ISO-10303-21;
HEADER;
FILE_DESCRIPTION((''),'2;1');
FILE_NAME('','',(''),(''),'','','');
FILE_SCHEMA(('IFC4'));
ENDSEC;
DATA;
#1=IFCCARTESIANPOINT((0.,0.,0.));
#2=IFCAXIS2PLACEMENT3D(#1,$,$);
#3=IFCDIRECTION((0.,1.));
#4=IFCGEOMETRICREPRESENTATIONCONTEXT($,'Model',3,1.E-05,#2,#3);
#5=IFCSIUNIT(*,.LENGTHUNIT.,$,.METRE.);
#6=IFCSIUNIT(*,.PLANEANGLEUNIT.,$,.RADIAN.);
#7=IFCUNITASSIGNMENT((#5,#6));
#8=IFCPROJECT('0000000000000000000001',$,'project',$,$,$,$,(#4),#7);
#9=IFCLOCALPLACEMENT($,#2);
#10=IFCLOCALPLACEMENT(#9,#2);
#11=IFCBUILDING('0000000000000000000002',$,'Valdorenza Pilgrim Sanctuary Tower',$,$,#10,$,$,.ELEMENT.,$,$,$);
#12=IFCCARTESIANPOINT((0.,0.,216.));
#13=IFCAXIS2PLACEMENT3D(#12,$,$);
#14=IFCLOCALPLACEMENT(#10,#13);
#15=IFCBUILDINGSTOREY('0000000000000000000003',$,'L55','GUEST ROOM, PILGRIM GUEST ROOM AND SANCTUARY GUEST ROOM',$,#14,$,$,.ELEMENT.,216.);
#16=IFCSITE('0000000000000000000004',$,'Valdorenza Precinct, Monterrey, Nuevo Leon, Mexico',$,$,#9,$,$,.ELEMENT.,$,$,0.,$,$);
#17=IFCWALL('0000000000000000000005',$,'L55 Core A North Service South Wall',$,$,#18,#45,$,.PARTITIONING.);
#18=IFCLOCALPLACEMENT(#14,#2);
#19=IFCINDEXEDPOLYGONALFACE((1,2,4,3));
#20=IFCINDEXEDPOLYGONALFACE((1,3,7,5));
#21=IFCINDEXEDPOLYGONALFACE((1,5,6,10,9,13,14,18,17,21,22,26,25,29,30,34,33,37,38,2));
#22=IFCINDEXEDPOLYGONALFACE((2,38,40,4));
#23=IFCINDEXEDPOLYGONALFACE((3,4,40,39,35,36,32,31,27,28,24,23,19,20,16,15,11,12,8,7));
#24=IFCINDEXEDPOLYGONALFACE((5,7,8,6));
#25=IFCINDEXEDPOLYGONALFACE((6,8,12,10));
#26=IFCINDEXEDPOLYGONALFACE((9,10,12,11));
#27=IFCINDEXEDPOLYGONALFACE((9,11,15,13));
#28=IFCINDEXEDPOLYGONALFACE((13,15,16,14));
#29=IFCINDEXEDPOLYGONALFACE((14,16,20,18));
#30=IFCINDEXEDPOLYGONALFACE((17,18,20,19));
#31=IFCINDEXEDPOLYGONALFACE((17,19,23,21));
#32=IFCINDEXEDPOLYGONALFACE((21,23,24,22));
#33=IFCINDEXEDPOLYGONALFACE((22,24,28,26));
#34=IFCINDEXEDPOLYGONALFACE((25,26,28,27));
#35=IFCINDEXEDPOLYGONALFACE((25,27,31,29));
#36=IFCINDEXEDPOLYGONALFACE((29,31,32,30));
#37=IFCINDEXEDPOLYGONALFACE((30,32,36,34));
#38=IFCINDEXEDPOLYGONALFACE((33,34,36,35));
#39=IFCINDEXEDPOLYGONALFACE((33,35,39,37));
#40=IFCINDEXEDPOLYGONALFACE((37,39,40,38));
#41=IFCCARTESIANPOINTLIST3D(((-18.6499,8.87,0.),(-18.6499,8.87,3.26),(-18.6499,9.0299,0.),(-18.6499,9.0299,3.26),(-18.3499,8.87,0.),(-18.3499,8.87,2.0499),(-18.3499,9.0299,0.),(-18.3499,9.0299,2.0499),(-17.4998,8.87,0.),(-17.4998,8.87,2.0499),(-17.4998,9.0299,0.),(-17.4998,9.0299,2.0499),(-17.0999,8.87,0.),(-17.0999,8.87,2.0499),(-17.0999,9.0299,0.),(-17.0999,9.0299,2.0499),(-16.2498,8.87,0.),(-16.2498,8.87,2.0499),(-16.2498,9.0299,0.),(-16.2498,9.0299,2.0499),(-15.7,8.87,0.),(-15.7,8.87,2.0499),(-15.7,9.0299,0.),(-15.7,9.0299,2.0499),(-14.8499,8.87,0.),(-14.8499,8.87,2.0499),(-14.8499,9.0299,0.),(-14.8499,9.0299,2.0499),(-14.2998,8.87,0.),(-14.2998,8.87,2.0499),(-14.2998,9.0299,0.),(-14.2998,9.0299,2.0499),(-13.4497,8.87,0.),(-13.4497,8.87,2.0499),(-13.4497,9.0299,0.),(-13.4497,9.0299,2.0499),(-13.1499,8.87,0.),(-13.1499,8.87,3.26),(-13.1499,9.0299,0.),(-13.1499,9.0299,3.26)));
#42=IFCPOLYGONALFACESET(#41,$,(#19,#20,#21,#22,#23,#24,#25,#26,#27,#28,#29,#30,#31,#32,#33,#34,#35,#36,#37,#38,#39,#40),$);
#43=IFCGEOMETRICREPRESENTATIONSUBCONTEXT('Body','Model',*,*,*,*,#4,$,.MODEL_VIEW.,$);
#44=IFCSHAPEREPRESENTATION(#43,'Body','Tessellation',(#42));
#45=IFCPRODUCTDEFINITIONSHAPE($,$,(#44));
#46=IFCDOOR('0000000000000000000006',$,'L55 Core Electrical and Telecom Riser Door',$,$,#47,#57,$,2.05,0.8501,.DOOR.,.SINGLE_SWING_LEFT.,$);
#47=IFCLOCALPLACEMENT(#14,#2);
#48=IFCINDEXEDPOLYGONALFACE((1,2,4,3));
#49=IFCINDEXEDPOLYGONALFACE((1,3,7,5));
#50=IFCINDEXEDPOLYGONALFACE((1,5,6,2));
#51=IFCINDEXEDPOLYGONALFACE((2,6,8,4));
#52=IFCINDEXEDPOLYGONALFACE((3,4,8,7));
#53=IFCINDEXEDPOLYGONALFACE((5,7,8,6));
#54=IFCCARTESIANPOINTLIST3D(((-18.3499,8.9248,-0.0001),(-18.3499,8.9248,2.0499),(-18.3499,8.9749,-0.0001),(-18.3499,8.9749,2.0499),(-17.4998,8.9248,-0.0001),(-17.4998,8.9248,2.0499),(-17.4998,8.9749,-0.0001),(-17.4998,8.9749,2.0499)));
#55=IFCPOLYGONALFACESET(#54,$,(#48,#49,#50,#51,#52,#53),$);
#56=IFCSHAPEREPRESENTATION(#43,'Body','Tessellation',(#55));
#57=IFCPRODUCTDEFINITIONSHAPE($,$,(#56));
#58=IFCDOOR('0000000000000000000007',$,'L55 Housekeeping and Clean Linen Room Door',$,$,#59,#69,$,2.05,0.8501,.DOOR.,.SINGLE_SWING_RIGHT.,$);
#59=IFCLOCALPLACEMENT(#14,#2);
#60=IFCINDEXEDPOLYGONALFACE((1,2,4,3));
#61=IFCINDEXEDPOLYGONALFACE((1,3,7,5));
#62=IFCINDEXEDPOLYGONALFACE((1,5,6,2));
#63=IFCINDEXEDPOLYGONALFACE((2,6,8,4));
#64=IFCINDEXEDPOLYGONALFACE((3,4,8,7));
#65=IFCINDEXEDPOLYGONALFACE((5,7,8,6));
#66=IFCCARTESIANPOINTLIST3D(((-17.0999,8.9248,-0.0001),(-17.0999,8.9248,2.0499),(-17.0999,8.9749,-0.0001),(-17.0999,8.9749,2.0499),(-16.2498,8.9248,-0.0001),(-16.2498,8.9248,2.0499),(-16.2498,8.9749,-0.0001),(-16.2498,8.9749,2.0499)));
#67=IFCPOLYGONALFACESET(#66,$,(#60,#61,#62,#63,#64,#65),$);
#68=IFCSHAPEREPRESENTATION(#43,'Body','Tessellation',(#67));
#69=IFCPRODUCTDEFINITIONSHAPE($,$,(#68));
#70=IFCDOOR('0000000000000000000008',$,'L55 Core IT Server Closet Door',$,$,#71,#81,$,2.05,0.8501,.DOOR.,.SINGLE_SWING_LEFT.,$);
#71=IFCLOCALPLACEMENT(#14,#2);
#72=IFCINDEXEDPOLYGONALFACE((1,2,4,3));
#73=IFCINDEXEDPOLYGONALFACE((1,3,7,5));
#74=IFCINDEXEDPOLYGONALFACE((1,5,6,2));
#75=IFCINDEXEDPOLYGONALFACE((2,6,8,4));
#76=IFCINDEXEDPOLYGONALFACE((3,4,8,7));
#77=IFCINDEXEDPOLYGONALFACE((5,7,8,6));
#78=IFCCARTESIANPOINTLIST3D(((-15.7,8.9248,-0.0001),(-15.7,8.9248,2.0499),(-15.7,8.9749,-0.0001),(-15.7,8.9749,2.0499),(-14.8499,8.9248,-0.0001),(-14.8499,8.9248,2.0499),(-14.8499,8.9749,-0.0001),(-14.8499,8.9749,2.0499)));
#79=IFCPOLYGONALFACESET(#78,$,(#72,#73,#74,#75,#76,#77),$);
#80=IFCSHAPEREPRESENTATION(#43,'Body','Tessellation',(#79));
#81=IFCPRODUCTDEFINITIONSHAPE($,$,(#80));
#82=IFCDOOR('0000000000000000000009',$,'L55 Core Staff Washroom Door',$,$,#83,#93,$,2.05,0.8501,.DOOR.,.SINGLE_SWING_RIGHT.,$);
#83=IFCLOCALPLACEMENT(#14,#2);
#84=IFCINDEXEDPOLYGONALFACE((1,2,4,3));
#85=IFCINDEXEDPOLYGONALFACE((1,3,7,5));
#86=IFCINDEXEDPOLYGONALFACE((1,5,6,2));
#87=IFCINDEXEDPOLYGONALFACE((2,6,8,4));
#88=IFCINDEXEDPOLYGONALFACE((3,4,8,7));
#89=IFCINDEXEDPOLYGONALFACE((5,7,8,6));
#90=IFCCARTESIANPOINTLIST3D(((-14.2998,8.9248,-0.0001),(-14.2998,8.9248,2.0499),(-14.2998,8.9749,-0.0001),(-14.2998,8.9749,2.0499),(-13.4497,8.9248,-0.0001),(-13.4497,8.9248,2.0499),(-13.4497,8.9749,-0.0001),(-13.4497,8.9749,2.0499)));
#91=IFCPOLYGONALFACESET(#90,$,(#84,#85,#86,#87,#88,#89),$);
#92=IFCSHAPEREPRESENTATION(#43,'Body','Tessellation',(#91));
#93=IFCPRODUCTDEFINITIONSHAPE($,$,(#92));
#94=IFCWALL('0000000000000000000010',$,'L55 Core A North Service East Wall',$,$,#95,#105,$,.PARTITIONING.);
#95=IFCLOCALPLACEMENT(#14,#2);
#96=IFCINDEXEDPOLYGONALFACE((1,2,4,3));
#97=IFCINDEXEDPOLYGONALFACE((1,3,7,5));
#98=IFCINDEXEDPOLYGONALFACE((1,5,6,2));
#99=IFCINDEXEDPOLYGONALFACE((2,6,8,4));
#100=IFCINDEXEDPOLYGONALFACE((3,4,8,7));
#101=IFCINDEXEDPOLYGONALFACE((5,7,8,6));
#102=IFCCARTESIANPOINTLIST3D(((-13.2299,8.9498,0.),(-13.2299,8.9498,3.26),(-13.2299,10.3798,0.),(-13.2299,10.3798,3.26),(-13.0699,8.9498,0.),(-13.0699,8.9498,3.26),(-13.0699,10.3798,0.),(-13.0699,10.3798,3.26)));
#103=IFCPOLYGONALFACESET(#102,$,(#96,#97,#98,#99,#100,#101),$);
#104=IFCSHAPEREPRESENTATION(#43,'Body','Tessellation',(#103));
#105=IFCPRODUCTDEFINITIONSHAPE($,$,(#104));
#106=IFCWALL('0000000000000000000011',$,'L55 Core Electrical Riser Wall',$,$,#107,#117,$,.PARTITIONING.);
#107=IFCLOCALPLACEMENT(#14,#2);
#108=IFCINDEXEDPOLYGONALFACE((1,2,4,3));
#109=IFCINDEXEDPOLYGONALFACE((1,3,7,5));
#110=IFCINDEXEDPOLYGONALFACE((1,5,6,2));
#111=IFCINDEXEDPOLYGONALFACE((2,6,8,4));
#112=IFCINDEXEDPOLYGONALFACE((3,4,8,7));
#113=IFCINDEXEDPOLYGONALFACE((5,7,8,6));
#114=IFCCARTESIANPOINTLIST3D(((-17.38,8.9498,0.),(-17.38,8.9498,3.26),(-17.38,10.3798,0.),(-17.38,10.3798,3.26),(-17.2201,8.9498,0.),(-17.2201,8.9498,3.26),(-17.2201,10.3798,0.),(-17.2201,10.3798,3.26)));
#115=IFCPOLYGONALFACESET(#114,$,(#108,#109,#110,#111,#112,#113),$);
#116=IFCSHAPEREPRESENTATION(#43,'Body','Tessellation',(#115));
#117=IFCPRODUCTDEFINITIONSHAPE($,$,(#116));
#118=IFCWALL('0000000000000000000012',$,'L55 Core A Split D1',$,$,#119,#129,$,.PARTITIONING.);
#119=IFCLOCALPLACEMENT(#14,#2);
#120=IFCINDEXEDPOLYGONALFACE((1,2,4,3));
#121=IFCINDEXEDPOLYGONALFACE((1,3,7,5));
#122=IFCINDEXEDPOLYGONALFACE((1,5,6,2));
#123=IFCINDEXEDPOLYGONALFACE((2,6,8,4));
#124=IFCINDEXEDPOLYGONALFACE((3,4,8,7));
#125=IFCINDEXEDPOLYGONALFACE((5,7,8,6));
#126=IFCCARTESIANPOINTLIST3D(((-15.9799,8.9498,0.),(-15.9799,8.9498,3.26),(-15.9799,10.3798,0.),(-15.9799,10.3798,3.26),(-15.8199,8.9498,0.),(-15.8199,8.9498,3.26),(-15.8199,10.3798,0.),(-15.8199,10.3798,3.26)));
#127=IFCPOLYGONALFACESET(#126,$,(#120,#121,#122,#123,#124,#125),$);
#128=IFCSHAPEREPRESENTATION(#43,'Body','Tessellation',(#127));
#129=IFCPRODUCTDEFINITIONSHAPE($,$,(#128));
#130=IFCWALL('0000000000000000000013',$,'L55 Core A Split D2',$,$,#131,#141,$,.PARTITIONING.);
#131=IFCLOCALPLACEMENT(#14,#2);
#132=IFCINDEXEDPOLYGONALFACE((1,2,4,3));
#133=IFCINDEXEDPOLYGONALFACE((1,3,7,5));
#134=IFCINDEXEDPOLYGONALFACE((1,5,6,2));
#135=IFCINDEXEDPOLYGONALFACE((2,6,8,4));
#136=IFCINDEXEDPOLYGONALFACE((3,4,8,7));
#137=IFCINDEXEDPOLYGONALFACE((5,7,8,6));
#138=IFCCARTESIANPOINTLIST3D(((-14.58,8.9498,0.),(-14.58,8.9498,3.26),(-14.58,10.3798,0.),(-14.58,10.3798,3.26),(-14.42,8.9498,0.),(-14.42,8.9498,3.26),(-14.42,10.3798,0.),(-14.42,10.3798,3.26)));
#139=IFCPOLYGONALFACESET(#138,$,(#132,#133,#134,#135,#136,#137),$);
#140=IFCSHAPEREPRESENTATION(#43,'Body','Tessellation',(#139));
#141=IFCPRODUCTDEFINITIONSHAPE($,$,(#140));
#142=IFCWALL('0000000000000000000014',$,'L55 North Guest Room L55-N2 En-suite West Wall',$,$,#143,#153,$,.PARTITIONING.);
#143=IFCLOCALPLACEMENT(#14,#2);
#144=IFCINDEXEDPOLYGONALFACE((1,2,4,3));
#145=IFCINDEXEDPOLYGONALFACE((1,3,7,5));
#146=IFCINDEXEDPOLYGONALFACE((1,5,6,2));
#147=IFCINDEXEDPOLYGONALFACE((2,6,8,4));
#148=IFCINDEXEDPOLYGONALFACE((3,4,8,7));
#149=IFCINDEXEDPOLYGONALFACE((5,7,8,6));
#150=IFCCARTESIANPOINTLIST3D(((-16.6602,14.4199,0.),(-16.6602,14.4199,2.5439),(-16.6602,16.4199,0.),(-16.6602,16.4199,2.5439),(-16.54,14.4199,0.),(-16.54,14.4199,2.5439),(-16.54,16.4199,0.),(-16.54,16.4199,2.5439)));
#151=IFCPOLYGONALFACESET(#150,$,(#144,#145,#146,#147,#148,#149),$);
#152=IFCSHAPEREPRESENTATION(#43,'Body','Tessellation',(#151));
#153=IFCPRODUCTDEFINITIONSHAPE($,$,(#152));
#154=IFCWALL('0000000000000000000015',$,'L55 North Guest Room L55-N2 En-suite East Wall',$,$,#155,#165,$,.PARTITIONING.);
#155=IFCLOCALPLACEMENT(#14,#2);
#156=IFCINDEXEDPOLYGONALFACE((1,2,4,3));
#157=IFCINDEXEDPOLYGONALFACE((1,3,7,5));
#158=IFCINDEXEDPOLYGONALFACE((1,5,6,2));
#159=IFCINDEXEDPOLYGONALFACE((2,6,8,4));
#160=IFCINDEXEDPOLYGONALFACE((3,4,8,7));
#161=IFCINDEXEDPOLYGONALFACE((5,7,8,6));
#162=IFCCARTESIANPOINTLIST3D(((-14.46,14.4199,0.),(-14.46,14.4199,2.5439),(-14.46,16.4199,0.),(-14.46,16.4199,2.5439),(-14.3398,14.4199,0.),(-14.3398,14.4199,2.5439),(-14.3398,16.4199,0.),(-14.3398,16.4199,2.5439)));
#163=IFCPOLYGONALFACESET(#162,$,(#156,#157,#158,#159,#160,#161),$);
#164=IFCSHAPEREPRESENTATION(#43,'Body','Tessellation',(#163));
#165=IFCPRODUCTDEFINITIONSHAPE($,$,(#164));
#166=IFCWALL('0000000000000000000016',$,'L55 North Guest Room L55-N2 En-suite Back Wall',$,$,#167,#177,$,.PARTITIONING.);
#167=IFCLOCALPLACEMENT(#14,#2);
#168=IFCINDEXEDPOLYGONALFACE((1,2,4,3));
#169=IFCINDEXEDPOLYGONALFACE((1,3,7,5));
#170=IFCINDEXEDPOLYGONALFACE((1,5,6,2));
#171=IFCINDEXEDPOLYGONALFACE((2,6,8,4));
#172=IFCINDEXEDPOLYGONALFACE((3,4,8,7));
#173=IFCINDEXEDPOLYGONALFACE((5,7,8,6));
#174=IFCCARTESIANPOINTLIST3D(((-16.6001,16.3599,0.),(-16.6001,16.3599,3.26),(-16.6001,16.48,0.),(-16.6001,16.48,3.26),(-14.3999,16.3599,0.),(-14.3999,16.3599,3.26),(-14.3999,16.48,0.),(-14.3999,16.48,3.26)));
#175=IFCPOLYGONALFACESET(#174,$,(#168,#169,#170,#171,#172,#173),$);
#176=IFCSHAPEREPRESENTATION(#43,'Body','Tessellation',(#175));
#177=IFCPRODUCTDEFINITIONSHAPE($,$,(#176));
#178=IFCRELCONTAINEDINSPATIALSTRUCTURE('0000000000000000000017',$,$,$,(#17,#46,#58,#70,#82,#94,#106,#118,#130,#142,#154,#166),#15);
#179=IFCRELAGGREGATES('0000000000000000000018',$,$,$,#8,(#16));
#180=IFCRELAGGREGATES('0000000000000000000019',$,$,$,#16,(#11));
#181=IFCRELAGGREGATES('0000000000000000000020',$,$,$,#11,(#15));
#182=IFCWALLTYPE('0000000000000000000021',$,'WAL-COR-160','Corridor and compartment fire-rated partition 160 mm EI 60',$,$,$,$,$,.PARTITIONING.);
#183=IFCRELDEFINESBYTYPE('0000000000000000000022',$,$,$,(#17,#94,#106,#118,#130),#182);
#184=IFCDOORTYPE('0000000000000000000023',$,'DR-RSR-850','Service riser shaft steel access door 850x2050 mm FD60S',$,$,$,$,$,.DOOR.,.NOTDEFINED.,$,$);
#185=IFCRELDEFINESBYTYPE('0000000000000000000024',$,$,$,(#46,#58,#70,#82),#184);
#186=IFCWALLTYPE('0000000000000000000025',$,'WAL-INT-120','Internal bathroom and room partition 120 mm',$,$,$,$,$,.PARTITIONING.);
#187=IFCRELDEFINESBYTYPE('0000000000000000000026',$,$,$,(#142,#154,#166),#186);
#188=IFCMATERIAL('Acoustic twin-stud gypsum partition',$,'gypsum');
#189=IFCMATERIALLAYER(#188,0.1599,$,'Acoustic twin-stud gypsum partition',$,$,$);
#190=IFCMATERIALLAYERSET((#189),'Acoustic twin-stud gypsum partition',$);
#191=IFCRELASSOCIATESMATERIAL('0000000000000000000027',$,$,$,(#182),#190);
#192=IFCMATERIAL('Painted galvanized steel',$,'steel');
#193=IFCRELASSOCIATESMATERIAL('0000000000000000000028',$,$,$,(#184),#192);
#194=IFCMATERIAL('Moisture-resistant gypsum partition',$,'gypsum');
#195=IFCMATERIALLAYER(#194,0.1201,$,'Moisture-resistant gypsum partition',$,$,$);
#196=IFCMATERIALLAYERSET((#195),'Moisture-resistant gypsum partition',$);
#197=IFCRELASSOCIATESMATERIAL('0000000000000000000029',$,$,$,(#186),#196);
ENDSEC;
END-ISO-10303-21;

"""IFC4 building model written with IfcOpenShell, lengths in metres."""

from ifc_helpers import new_model, si_unit, direction, frame, frame_2d, origin, place, context, subcontext, project, spatial, rectangle, extrude, material, layer, layer_set, type_object, element, fill, save


model = new_model("IFC4")

# Units and contexts
model_context = context("Model", 3, precision=1e-05, world=origin(), true_north=direction((0.0, 1.0)))
body_context = subcontext(model_context, "Body", "Model", "MODEL_VIEW")
ifc_project = project(units=[si_unit("LENGTHUNIT", "METRE"), si_unit("PLANEANGLEUNIT", "RADIAN")], contexts=[model_context])

# Site, building, storey
site_placement = place(None, origin())
site = spatial("IfcSite", under=ifc_project, at=site_placement, Name="Valdorenza Precinct, Monterrey, Nuevo Leon, Mexico", CompositionType="ELEMENT", RefElevation=0.0)
building_placement = place(site_placement, origin())
building = spatial("IfcBuilding", under=site, at=building_placement, Name="Valdorenza Pilgrim Sanctuary Tower", CompositionType="ELEMENT")
storey_placement = place(building_placement, frame((0.0, 0.0, 216.0)))
storey = spatial("IfcBuildingStorey", under=building, at=storey_placement, Name="L55", Description="GUEST ROOM, PILGRIM GUEST ROOM AND SANCTUARY GUEST ROOM", CompositionType="ELEMENT", Elevation=216.0)

# Shared definitions
ifc_material_1 = material(Name="Acoustic twin-stud gypsum partition", Category="gypsum")
ifc_layer_1 = layer(ifc_material_1, 0.1599, Name="Acoustic twin-stud gypsum partition")
ifc_layer_set_1 = layer_set([ifc_layer_1], Name="Acoustic twin-stud gypsum partition")
wall_type_1 = type_object("IfcWallType", Name="WAL-COR-160", Description="Corridor and compartment fire-rated partition 160 mm EI 60", PredefinedType="PARTITIONING", material=ifc_layer_set_1)

# Wall, openings, doors
wall_1_placement = place(storey_placement, frame((-18.6499, 8.95, 0.0), z_axis=(0.0, 0.0, 1.0), x_axis=(1.0, 0.0, 0.0)))
wall_1 = element("IfcWall", 1, at=wall_1_placement, inside=storey, type_object=wall_type_1, Name="L55 Core A North Service South Wall", PredefinedType="PARTITIONING", context=body_context, shape_type="SweptSolid", body=[
    extrude(rectangle(XDim=5.5, YDim=0.1599, at=frame_2d((2.75, 0.0))), origin(), (0.0, 0.0, 1.0), 3.26),
])
opening_1_placement = place(wall_1_placement, frame((0.3, 0.0, 0.0)))
opening_1 = element("IfcOpeningElement", 2, at=opening_1_placement, cuts=wall_1, PredefinedType="OPENING", context=body_context, shape_type="SweptSolid", body=[
    extrude(rectangle(XDim=0.8501, YDim=2.05, at=frame_2d((0.425, 1.0249))), frame((0.0, 0.0947, 0.0), z_axis=(0.0, -1.0, 0.0), x_axis=(1.0, 0.0, 0.0)), (0.0, 0.0, 1.0), 0.1897),
])
opening_2_placement = place(wall_1_placement, frame((1.55, 0.0, 0.0)))
opening_2 = element("IfcOpeningElement", 3, at=opening_2_placement, cuts=wall_1, PredefinedType="OPENING", context=body_context, shape_type="SweptSolid", body=[
    extrude(rectangle(XDim=0.8501, YDim=2.05, at=frame_2d((0.425, 1.0249))), frame((0.0, 0.0947, 0.0), z_axis=(0.0, -1.0, 0.0), x_axis=(1.0, 0.0, 0.0)), (0.0, 0.0, 1.0), 0.1897),
])
opening_3_placement = place(wall_1_placement, frame((2.95, 0.0, 0.0)))
opening_3 = element("IfcOpeningElement", 4, at=opening_3_placement, cuts=wall_1, PredefinedType="OPENING", context=body_context, shape_type="SweptSolid", body=[
    extrude(rectangle(XDim=0.8501, YDim=2.05, at=frame_2d((0.425, 1.0249))), frame((0.0, 0.0947, 0.0), z_axis=(0.0, -1.0, 0.0), x_axis=(1.0, 0.0, 0.0)), (0.0, 0.0, 1.0), 0.1897),
])
opening_4_placement = place(wall_1_placement, frame((4.3501, 0.0, 0.0)))
opening_4 = element("IfcOpeningElement", 5, at=opening_4_placement, cuts=wall_1, PredefinedType="OPENING", context=body_context, shape_type="SweptSolid", body=[
    extrude(rectangle(XDim=0.8501, YDim=2.05, at=frame_2d((0.425, 1.0249))), frame((0.0, 0.0947, 0.0), z_axis=(0.0, -1.0, 0.0), x_axis=(1.0, 0.0, 0.0)), (0.0, 0.0, 1.0), 0.1897),
])
ifc_material_2 = material(Name="Painted galvanized steel", Category="steel")
door_type_1 = type_object("IfcDoorType", Name="DR-RSR-850", Description="Service riser shaft steel access door 850x2050 mm FD60S", OperationType="NOTDEFINED", PredefinedType="DOOR", material=ifc_material_2)
door_1_placement = place(opening_1_placement, origin())
door_1 = element("IfcDoor", 6, at=door_1_placement, inside=storey, type_object=door_type_1, Name="L55 Core Electrical and Telecom Riser Door", OperationType="SINGLE_SWING_LEFT", OverallHeight=2.05, OverallWidth=0.8501, PredefinedType="DOOR", context=body_context, shape_type="SweptSolid", body=[
    extrude(rectangle(XDim=0.8501, YDim=2.05, at=frame_2d((0.425, 1.0249))), frame((0.0, 0.0249, 0.0), z_axis=(0.0, -1.0, 0.0), x_axis=(1.0, 0.0, 0.0)), (0.0, 0.0, 1.0), 0.05),
])
fill(opening_1, door_1)
door_2_placement = place(opening_2_placement, origin())
door_2 = element("IfcDoor", 7, at=door_2_placement, inside=storey, type_object=door_type_1, Name="L55 Housekeeping and Clean Linen Room Door", OperationType="SINGLE_SWING_RIGHT", OverallHeight=2.05, OverallWidth=0.8501, PredefinedType="DOOR", context=body_context, shape_type="SweptSolid", body=[
    extrude(rectangle(XDim=0.8501, YDim=2.05, at=frame_2d((0.425, 1.0249))), frame((0.0, 0.0249, 0.0), z_axis=(0.0, -1.0, 0.0), x_axis=(1.0, 0.0, 0.0)), (0.0, 0.0, 1.0), 0.05),
])
fill(opening_2, door_2)
door_3_placement = place(opening_3_placement, origin())
door_3 = element("IfcDoor", 8, at=door_3_placement, inside=storey, type_object=door_type_1, Name="L55 Core IT Server Closet Door", OperationType="SINGLE_SWING_LEFT", OverallHeight=2.05, OverallWidth=0.8501, PredefinedType="DOOR", context=body_context, shape_type="SweptSolid", body=[
    extrude(rectangle(XDim=0.8501, YDim=2.05, at=frame_2d((0.425, 1.0249))), frame((0.0, 0.0249, 0.0), z_axis=(0.0, -1.0, 0.0), x_axis=(1.0, 0.0, 0.0)), (0.0, 0.0, 1.0), 0.05),
])
fill(opening_3, door_3)
door_4_placement = place(opening_4_placement, origin())
door_4 = element("IfcDoor", 9, at=door_4_placement, inside=storey, type_object=door_type_1, Name="L55 Core Staff Washroom Door", OperationType="SINGLE_SWING_RIGHT", OverallHeight=2.05, OverallWidth=0.8501, PredefinedType="DOOR", context=body_context, shape_type="SweptSolid", body=[
    extrude(rectangle(XDim=0.8501, YDim=2.05, at=frame_2d((0.425, 1.0249))), frame((0.0, 0.0249, 0.0), z_axis=(0.0, -1.0, 0.0), x_axis=(1.0, 0.0, 0.0)), (0.0, 0.0, 1.0), 0.05),
])
fill(opening_4, door_4)

# Walls
for number, where, z_axis, x_axis, name in (
    (10, (-13.1499, 8.95, 0.0), (0.0, 0.0, 1.0), (0.0, 1.0, 0.0), "L55 Core A North Service East Wall"),
    (11, (-17.3, 8.95, 0.0), (0.0, 0.0, 1.0), (0.0, 1.0, 0.0), "L55 Core Electrical Riser Wall"),
    (12, (-15.8999, 8.95, 0.0), (0.0, 0.0, 1.0), (0.0, 1.0, 0.0), "L55 Core A Split D1"),
    (13, (-14.5, 8.95, 0.0), (0.0, 0.0, 1.0), (0.0, 1.0, 0.0), "L55 Core A Split D2"),
):
    element("IfcWall", number, at=place(storey_placement, frame(where, z_axis=z_axis, x_axis=x_axis)), inside=storey, type_object=wall_type_1, Name=name, PredefinedType="PARTITIONING", context=body_context, shape_type="SweptSolid", body=[
        extrude(rectangle(XDim=1.4299, YDim=0.1599, at=frame_2d((0.7148, 0.0))), origin(), (0.0, 0.0, 1.0), 3.26),
    ])
ifc_material_3 = material(Name="Moisture-resistant gypsum partition", Category="gypsum")
ifc_layer_2 = layer(ifc_material_3, 0.1201, Name="Moisture-resistant gypsum partition")
ifc_layer_set_2 = layer_set([ifc_layer_2], Name="Moisture-resistant gypsum partition")
wall_type_2 = type_object("IfcWallType", Name="WAL-INT-120", Description="Internal bathroom and room partition 120 mm", PredefinedType="PARTITIONING", material=ifc_layer_set_2)
for number, where, z_axis, x_axis, name in (
    (14, (-16.6001, 14.4199, 0.0), (0.0, 0.0, 1.0), (0.0, 1.0, 0.0), "L55 North Guest Room L55-N2 En-suite West Wall"),
    (15, (-14.3999, 14.4199, 0.0), (0.0, 0.0, 1.0), (0.0, 1.0, 0.0), "L55 North Guest Room L55-N2 En-suite East Wall"),
):
    element("IfcWall", number, at=place(storey_placement, frame(where, z_axis=z_axis, x_axis=x_axis)), inside=storey, type_object=wall_type_2, Name=name, PredefinedType="PARTITIONING", context=body_context, shape_type="SweptSolid", body=[
        extrude(rectangle(XDim=2.0, YDim=0.1201, at=frame_2d((1.0, 0.0))), origin(), (0.0, 0.0, 1.0), 2.5439),
    ])
wall_2_placement = place(storey_placement, frame((-16.6001, 16.4199, 0.0), z_axis=(0.0, 0.0, 1.0), x_axis=(1.0, 0.0, 0.0)))
element("IfcWall", 16, at=wall_2_placement, inside=storey, type_object=wall_type_2, Name="L55 North Guest Room L55-N2 En-suite Back Wall", PredefinedType="PARTITIONING", context=body_context, shape_type="SweptSolid", body=[
    extrude(rectangle(XDim=2.2002, YDim=0.1201, at=frame_2d((1.1001, 0.0))), origin(), (0.0, 0.0, 1.0), 3.26),
])

save(model, "model.ifc")
